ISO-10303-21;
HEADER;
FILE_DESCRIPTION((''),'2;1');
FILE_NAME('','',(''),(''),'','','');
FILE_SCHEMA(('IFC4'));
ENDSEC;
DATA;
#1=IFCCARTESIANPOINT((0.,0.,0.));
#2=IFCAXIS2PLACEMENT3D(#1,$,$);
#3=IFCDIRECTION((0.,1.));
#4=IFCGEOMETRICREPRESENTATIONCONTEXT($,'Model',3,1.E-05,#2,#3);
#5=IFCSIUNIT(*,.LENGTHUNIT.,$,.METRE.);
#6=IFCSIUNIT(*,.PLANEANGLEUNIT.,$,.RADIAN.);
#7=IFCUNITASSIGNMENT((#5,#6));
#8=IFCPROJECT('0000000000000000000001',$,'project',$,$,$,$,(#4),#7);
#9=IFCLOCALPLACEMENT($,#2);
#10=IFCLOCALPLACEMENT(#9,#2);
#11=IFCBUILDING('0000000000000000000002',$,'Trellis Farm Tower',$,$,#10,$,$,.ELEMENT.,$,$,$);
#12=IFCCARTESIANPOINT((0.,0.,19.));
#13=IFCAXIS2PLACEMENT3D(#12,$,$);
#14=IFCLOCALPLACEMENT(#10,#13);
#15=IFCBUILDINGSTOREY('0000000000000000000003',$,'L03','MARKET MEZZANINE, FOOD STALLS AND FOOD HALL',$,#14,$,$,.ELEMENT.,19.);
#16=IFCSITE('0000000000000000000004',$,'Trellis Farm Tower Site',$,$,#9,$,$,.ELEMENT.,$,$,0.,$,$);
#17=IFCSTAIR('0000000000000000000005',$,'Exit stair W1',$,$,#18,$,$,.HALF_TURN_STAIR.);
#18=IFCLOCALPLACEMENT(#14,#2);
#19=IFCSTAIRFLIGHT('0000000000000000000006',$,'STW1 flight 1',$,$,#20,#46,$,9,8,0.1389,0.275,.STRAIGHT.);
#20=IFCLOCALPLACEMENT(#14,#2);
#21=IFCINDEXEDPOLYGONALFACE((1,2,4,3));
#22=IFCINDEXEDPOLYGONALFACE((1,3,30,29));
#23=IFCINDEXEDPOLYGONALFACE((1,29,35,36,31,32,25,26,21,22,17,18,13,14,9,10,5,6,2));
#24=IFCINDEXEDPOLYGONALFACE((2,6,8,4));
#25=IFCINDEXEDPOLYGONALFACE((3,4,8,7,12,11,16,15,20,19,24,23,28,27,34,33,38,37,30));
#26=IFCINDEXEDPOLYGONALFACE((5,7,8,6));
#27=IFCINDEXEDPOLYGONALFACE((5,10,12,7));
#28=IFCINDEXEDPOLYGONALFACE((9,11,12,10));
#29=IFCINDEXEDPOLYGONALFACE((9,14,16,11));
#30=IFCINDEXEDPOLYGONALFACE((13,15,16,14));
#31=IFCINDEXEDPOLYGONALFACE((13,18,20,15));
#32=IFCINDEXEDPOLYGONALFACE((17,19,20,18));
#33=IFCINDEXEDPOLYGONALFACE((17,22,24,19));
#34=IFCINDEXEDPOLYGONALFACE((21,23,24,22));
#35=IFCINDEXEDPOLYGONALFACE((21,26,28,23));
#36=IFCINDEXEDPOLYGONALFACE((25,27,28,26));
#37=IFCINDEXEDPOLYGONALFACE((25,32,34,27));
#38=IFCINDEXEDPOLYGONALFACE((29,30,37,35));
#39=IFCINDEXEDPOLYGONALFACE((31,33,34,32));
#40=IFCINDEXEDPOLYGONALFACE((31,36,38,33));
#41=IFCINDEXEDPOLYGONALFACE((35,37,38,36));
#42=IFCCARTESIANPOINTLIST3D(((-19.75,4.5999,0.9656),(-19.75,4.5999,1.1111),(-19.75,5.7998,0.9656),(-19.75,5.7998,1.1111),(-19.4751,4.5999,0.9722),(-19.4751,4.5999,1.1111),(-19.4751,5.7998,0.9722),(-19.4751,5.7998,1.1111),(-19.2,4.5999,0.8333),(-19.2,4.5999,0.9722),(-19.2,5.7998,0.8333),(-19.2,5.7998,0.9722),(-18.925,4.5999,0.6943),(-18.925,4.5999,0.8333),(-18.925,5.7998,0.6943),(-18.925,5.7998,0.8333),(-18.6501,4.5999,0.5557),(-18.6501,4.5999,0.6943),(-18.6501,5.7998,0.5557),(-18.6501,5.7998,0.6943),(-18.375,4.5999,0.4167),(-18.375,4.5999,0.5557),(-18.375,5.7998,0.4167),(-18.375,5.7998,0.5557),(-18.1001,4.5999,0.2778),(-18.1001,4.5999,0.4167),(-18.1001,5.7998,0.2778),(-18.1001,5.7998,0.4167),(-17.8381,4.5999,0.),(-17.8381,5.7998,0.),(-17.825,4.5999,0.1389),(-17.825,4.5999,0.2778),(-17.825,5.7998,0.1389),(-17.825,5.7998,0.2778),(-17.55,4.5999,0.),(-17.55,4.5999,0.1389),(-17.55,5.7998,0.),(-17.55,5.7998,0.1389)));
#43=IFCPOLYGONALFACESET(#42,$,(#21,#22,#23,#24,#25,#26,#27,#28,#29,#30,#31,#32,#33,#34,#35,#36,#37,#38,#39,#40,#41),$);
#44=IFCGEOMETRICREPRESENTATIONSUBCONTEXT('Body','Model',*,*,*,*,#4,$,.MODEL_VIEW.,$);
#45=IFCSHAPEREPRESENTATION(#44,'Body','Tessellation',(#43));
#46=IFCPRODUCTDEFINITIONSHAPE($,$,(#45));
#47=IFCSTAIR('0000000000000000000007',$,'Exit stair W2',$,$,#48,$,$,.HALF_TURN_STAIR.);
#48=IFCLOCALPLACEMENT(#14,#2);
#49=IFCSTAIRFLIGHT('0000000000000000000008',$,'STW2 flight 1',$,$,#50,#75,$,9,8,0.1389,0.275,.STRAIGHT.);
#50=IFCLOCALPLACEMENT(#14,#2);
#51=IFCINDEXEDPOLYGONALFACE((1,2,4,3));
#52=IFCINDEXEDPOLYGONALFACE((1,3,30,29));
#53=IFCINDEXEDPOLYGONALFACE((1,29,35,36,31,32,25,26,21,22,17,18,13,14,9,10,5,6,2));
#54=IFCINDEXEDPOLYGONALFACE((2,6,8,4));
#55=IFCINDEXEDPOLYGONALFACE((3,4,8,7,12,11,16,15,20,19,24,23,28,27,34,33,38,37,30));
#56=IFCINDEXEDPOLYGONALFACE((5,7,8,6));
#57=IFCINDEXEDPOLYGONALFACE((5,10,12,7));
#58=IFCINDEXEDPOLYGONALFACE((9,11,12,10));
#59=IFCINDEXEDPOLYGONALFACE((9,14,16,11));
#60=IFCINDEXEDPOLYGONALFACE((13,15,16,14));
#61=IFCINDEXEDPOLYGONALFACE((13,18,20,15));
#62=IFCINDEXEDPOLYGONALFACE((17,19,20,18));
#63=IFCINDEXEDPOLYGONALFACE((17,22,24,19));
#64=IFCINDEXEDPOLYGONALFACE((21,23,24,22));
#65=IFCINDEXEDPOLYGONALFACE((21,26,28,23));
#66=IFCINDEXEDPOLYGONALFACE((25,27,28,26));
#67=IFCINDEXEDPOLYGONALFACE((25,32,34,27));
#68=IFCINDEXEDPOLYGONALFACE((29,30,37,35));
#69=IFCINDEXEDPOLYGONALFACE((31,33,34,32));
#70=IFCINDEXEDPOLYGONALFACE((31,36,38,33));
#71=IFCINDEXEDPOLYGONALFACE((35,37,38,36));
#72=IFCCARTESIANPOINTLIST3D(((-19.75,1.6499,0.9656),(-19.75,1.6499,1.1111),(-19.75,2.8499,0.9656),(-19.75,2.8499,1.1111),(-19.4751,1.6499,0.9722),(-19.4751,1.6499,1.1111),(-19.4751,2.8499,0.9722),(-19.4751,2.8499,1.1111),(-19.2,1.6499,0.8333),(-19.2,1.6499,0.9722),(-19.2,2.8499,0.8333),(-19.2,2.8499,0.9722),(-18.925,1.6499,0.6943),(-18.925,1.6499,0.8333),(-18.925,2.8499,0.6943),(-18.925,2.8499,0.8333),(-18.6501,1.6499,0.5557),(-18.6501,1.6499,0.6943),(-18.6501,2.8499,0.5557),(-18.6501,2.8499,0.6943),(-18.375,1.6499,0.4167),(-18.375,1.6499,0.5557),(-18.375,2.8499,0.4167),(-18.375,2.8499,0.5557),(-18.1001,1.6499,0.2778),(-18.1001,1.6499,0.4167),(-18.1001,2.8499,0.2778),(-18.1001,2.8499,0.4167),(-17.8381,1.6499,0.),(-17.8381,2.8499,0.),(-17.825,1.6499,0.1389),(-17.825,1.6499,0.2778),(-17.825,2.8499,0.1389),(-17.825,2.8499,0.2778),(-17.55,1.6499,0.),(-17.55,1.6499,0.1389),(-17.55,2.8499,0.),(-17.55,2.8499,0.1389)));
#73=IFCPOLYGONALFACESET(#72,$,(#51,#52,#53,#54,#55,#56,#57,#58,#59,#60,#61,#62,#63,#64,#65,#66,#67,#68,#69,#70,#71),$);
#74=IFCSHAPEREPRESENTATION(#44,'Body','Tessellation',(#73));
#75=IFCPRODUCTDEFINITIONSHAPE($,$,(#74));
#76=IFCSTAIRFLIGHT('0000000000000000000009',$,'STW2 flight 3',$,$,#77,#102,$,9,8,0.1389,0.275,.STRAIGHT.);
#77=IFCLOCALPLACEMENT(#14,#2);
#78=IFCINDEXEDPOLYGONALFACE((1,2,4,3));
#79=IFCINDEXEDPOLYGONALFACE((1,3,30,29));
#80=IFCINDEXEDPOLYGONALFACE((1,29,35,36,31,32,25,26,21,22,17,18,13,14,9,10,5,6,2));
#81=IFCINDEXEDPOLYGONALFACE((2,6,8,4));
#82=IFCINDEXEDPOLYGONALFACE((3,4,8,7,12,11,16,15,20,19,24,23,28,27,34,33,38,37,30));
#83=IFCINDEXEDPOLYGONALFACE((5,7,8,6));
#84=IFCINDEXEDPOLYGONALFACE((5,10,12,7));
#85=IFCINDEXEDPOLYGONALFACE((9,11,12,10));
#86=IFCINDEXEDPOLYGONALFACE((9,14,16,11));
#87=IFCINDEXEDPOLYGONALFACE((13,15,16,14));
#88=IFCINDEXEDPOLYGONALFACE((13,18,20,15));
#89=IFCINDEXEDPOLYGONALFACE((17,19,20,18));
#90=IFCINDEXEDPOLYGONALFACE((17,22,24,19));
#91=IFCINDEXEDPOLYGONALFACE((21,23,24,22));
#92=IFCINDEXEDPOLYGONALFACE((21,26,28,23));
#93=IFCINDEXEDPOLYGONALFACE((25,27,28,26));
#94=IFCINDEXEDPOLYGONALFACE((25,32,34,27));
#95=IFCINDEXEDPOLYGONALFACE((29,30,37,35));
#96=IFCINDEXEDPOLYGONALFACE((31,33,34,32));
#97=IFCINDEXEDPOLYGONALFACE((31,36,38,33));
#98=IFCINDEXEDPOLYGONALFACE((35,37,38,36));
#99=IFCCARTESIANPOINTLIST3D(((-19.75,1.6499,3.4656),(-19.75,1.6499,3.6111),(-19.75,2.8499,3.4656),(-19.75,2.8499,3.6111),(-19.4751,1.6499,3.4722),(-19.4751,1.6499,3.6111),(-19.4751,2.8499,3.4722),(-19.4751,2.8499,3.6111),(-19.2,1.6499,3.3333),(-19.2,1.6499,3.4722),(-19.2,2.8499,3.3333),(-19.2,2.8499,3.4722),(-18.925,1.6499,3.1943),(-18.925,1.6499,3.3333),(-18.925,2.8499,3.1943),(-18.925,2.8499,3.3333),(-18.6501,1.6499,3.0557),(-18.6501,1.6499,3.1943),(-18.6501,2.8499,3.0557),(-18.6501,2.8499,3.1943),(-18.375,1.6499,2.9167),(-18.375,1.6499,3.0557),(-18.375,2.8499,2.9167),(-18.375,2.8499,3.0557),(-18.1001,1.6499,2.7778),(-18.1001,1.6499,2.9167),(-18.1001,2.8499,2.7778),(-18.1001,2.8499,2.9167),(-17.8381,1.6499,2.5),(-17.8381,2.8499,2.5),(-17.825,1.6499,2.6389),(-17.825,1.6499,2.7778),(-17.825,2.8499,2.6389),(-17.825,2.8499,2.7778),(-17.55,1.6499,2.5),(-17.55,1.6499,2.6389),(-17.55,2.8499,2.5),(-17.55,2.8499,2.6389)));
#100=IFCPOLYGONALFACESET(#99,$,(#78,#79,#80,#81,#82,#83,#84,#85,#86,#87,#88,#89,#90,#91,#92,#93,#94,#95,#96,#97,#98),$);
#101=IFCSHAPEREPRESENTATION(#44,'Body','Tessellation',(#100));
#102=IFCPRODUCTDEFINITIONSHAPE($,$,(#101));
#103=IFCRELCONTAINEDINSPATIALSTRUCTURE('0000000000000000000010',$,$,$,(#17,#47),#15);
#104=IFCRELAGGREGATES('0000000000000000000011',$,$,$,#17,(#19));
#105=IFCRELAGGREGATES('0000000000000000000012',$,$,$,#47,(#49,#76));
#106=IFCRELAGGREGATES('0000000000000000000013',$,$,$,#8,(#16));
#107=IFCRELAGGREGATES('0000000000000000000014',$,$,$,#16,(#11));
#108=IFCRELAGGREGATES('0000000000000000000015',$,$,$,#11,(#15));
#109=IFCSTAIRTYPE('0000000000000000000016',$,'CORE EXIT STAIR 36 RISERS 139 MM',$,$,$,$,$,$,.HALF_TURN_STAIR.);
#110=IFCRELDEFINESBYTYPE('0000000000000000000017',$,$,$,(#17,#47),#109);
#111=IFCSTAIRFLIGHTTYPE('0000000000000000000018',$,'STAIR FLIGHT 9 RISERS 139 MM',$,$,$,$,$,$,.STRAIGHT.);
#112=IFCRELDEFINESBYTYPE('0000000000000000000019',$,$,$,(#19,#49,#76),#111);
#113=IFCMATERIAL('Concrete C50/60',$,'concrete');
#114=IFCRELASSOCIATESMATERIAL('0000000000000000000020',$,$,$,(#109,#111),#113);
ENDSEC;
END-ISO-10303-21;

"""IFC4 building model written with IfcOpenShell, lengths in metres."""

from ifc_helpers import new_model, si_unit, direction, frame, origin, place, context, subcontext, project, spatial, polyline, outline, extrude, source, transform, mapped, material, type_object, element, aggregate, save


model = new_model("IFC4")

# Units and contexts
model_context = context("Model", 3, precision=1e-05, world=origin(), true_north=direction((0.0, 1.0)))
body_context = subcontext(model_context, "Body", "Model", "MODEL_VIEW")
ifc_project = project(units=[si_unit("LENGTHUNIT", "METRE"), si_unit("PLANEANGLEUNIT", "RADIAN")], contexts=[model_context])

# Site, building, storey
site_placement = place(None, origin())
site = spatial("IfcSite", under=ifc_project, at=site_placement, Name="Trellis Farm Tower Site", CompositionType="ELEMENT", RefElevation=0.0)
building_placement = place(site_placement, origin())
building = spatial("IfcBuilding", under=site, at=building_placement, Name="Trellis Farm Tower", CompositionType="ELEMENT")
storey_placement = place(building_placement, frame((0.0, 0.0, 19.0)))
storey = spatial("IfcBuildingStorey", under=building, at=storey_placement, Name="L03", Description="MARKET MEZZANINE, FOOD STALLS AND FOOD HALL", CompositionType="ELEMENT", Elevation=19.0)

# Shared definitions
ifc_material_1 = material(Name="Concrete C50/60", Category="concrete")
stair_type_1 = type_object("IfcStairType", Name="CORE EXIT STAIR 36 RISERS 139 MM", PredefinedType="HALF_TURN_STAIR", material=ifc_material_1)
placement_1 = place(storey_placement, origin())

# Stair, stair flight
stair_1 = element("IfcStair", 1, at=placement_1, inside=storey, type_object=stair_type_1, Name="Exit stair W1", PredefinedType="HALF_TURN_STAIR")
stair_flight_type = type_object("IfcStairFlightType", Name="STAIR FLIGHT 9 RISERS 139 MM", PredefinedType="STRAIGHT", material=ifc_material_1)
shared_shape_1 = source(origin(), body_context, "Body", "SweptSolid", [
    extrude(outline(polyline([(0.0, 0.0), (0.0, 0.1389), (0.2749, 0.1389), (0.2749, 0.2778), (0.55, 0.2778), (0.55, 0.4167), (0.825, 0.4167), (0.825, 0.5557), (1.1001, 0.5557), (1.1001, 0.6943), (1.375, 0.6943), (1.375, 0.8333), (1.6499, 0.8333), (1.6499, 0.9722), (1.925, 0.9722), (1.925, 1.1111), (2.2, 1.1111), (2.2, 1.25), (2.2, 0.9656), (0.2881, 0.0), (0.0, 0.0)])), frame((0.0, 0.6001, 0.0), z_axis=(0.0, -1.0, 0.0), x_axis=(1.0, 0.0, 0.0)), (0.0, 0.0, 1.0), 1.2),
])
stair_flight_1_placement = place(storey_placement, frame((-17.55, 5.2, 0.0), z_axis=(0.0, 0.0, 1.0), x_axis=(-1.0, 0.0, 0.0)))
stair_flight_1 = element("IfcStairFlight", 2, at=stair_flight_1_placement, type_object=stair_flight_type, Name="STW1 flight 1", NumberOfRisers=9, NumberOfTreads=8, PredefinedType="STRAIGHT", RiserHeight=0.1389, TreadLength=0.275, context=body_context, shape_type="MappedRepresentation", body=[
    mapped(shared_shape_1, transform((0.0, 0.0, 0.0))),
])
aggregate(stair_1, [stair_flight_1])

# Stair, stair flights
stair_2 = element("IfcStair", 3, at=placement_1, inside=storey, type_object=stair_type_1, Name="Exit stair W2", PredefinedType="HALF_TURN_STAIR")
stair_flight_2_placement = place(storey_placement, frame((-17.55, 2.25, 0.0), z_axis=(0.0, 0.0, 1.0), x_axis=(-1.0, 0.0, 0.0)))
stair_flight_2 = element("IfcStairFlight", 4, at=stair_flight_2_placement, type_object=stair_flight_type, Name="STW2 flight 1", NumberOfRisers=9, NumberOfTreads=8, PredefinedType="STRAIGHT", RiserHeight=0.1389, TreadLength=0.275, context=body_context, shape_type="MappedRepresentation", body=[
    mapped(shared_shape_1, transform((0.0, 0.0, 0.0))),
])
stair_flight_3_placement = place(storey_placement, frame((-17.55, 2.25, 2.5), z_axis=(0.0, 0.0, 1.0), x_axis=(-1.0, 0.0, 0.0)))
stair_flight_3 = element("IfcStairFlight", 5, at=stair_flight_3_placement, type_object=stair_flight_type, Name="STW2 flight 3", NumberOfRisers=9, NumberOfTreads=8, PredefinedType="STRAIGHT", RiserHeight=0.1389, TreadLength=0.275, context=body_context, shape_type="MappedRepresentation", body=[
    mapped(shared_shape_1, transform((0.0, 0.0, 0.0))),
])
aggregate(stair_2, [stair_flight_2, stair_flight_3])

save(model, "model.ifc")
